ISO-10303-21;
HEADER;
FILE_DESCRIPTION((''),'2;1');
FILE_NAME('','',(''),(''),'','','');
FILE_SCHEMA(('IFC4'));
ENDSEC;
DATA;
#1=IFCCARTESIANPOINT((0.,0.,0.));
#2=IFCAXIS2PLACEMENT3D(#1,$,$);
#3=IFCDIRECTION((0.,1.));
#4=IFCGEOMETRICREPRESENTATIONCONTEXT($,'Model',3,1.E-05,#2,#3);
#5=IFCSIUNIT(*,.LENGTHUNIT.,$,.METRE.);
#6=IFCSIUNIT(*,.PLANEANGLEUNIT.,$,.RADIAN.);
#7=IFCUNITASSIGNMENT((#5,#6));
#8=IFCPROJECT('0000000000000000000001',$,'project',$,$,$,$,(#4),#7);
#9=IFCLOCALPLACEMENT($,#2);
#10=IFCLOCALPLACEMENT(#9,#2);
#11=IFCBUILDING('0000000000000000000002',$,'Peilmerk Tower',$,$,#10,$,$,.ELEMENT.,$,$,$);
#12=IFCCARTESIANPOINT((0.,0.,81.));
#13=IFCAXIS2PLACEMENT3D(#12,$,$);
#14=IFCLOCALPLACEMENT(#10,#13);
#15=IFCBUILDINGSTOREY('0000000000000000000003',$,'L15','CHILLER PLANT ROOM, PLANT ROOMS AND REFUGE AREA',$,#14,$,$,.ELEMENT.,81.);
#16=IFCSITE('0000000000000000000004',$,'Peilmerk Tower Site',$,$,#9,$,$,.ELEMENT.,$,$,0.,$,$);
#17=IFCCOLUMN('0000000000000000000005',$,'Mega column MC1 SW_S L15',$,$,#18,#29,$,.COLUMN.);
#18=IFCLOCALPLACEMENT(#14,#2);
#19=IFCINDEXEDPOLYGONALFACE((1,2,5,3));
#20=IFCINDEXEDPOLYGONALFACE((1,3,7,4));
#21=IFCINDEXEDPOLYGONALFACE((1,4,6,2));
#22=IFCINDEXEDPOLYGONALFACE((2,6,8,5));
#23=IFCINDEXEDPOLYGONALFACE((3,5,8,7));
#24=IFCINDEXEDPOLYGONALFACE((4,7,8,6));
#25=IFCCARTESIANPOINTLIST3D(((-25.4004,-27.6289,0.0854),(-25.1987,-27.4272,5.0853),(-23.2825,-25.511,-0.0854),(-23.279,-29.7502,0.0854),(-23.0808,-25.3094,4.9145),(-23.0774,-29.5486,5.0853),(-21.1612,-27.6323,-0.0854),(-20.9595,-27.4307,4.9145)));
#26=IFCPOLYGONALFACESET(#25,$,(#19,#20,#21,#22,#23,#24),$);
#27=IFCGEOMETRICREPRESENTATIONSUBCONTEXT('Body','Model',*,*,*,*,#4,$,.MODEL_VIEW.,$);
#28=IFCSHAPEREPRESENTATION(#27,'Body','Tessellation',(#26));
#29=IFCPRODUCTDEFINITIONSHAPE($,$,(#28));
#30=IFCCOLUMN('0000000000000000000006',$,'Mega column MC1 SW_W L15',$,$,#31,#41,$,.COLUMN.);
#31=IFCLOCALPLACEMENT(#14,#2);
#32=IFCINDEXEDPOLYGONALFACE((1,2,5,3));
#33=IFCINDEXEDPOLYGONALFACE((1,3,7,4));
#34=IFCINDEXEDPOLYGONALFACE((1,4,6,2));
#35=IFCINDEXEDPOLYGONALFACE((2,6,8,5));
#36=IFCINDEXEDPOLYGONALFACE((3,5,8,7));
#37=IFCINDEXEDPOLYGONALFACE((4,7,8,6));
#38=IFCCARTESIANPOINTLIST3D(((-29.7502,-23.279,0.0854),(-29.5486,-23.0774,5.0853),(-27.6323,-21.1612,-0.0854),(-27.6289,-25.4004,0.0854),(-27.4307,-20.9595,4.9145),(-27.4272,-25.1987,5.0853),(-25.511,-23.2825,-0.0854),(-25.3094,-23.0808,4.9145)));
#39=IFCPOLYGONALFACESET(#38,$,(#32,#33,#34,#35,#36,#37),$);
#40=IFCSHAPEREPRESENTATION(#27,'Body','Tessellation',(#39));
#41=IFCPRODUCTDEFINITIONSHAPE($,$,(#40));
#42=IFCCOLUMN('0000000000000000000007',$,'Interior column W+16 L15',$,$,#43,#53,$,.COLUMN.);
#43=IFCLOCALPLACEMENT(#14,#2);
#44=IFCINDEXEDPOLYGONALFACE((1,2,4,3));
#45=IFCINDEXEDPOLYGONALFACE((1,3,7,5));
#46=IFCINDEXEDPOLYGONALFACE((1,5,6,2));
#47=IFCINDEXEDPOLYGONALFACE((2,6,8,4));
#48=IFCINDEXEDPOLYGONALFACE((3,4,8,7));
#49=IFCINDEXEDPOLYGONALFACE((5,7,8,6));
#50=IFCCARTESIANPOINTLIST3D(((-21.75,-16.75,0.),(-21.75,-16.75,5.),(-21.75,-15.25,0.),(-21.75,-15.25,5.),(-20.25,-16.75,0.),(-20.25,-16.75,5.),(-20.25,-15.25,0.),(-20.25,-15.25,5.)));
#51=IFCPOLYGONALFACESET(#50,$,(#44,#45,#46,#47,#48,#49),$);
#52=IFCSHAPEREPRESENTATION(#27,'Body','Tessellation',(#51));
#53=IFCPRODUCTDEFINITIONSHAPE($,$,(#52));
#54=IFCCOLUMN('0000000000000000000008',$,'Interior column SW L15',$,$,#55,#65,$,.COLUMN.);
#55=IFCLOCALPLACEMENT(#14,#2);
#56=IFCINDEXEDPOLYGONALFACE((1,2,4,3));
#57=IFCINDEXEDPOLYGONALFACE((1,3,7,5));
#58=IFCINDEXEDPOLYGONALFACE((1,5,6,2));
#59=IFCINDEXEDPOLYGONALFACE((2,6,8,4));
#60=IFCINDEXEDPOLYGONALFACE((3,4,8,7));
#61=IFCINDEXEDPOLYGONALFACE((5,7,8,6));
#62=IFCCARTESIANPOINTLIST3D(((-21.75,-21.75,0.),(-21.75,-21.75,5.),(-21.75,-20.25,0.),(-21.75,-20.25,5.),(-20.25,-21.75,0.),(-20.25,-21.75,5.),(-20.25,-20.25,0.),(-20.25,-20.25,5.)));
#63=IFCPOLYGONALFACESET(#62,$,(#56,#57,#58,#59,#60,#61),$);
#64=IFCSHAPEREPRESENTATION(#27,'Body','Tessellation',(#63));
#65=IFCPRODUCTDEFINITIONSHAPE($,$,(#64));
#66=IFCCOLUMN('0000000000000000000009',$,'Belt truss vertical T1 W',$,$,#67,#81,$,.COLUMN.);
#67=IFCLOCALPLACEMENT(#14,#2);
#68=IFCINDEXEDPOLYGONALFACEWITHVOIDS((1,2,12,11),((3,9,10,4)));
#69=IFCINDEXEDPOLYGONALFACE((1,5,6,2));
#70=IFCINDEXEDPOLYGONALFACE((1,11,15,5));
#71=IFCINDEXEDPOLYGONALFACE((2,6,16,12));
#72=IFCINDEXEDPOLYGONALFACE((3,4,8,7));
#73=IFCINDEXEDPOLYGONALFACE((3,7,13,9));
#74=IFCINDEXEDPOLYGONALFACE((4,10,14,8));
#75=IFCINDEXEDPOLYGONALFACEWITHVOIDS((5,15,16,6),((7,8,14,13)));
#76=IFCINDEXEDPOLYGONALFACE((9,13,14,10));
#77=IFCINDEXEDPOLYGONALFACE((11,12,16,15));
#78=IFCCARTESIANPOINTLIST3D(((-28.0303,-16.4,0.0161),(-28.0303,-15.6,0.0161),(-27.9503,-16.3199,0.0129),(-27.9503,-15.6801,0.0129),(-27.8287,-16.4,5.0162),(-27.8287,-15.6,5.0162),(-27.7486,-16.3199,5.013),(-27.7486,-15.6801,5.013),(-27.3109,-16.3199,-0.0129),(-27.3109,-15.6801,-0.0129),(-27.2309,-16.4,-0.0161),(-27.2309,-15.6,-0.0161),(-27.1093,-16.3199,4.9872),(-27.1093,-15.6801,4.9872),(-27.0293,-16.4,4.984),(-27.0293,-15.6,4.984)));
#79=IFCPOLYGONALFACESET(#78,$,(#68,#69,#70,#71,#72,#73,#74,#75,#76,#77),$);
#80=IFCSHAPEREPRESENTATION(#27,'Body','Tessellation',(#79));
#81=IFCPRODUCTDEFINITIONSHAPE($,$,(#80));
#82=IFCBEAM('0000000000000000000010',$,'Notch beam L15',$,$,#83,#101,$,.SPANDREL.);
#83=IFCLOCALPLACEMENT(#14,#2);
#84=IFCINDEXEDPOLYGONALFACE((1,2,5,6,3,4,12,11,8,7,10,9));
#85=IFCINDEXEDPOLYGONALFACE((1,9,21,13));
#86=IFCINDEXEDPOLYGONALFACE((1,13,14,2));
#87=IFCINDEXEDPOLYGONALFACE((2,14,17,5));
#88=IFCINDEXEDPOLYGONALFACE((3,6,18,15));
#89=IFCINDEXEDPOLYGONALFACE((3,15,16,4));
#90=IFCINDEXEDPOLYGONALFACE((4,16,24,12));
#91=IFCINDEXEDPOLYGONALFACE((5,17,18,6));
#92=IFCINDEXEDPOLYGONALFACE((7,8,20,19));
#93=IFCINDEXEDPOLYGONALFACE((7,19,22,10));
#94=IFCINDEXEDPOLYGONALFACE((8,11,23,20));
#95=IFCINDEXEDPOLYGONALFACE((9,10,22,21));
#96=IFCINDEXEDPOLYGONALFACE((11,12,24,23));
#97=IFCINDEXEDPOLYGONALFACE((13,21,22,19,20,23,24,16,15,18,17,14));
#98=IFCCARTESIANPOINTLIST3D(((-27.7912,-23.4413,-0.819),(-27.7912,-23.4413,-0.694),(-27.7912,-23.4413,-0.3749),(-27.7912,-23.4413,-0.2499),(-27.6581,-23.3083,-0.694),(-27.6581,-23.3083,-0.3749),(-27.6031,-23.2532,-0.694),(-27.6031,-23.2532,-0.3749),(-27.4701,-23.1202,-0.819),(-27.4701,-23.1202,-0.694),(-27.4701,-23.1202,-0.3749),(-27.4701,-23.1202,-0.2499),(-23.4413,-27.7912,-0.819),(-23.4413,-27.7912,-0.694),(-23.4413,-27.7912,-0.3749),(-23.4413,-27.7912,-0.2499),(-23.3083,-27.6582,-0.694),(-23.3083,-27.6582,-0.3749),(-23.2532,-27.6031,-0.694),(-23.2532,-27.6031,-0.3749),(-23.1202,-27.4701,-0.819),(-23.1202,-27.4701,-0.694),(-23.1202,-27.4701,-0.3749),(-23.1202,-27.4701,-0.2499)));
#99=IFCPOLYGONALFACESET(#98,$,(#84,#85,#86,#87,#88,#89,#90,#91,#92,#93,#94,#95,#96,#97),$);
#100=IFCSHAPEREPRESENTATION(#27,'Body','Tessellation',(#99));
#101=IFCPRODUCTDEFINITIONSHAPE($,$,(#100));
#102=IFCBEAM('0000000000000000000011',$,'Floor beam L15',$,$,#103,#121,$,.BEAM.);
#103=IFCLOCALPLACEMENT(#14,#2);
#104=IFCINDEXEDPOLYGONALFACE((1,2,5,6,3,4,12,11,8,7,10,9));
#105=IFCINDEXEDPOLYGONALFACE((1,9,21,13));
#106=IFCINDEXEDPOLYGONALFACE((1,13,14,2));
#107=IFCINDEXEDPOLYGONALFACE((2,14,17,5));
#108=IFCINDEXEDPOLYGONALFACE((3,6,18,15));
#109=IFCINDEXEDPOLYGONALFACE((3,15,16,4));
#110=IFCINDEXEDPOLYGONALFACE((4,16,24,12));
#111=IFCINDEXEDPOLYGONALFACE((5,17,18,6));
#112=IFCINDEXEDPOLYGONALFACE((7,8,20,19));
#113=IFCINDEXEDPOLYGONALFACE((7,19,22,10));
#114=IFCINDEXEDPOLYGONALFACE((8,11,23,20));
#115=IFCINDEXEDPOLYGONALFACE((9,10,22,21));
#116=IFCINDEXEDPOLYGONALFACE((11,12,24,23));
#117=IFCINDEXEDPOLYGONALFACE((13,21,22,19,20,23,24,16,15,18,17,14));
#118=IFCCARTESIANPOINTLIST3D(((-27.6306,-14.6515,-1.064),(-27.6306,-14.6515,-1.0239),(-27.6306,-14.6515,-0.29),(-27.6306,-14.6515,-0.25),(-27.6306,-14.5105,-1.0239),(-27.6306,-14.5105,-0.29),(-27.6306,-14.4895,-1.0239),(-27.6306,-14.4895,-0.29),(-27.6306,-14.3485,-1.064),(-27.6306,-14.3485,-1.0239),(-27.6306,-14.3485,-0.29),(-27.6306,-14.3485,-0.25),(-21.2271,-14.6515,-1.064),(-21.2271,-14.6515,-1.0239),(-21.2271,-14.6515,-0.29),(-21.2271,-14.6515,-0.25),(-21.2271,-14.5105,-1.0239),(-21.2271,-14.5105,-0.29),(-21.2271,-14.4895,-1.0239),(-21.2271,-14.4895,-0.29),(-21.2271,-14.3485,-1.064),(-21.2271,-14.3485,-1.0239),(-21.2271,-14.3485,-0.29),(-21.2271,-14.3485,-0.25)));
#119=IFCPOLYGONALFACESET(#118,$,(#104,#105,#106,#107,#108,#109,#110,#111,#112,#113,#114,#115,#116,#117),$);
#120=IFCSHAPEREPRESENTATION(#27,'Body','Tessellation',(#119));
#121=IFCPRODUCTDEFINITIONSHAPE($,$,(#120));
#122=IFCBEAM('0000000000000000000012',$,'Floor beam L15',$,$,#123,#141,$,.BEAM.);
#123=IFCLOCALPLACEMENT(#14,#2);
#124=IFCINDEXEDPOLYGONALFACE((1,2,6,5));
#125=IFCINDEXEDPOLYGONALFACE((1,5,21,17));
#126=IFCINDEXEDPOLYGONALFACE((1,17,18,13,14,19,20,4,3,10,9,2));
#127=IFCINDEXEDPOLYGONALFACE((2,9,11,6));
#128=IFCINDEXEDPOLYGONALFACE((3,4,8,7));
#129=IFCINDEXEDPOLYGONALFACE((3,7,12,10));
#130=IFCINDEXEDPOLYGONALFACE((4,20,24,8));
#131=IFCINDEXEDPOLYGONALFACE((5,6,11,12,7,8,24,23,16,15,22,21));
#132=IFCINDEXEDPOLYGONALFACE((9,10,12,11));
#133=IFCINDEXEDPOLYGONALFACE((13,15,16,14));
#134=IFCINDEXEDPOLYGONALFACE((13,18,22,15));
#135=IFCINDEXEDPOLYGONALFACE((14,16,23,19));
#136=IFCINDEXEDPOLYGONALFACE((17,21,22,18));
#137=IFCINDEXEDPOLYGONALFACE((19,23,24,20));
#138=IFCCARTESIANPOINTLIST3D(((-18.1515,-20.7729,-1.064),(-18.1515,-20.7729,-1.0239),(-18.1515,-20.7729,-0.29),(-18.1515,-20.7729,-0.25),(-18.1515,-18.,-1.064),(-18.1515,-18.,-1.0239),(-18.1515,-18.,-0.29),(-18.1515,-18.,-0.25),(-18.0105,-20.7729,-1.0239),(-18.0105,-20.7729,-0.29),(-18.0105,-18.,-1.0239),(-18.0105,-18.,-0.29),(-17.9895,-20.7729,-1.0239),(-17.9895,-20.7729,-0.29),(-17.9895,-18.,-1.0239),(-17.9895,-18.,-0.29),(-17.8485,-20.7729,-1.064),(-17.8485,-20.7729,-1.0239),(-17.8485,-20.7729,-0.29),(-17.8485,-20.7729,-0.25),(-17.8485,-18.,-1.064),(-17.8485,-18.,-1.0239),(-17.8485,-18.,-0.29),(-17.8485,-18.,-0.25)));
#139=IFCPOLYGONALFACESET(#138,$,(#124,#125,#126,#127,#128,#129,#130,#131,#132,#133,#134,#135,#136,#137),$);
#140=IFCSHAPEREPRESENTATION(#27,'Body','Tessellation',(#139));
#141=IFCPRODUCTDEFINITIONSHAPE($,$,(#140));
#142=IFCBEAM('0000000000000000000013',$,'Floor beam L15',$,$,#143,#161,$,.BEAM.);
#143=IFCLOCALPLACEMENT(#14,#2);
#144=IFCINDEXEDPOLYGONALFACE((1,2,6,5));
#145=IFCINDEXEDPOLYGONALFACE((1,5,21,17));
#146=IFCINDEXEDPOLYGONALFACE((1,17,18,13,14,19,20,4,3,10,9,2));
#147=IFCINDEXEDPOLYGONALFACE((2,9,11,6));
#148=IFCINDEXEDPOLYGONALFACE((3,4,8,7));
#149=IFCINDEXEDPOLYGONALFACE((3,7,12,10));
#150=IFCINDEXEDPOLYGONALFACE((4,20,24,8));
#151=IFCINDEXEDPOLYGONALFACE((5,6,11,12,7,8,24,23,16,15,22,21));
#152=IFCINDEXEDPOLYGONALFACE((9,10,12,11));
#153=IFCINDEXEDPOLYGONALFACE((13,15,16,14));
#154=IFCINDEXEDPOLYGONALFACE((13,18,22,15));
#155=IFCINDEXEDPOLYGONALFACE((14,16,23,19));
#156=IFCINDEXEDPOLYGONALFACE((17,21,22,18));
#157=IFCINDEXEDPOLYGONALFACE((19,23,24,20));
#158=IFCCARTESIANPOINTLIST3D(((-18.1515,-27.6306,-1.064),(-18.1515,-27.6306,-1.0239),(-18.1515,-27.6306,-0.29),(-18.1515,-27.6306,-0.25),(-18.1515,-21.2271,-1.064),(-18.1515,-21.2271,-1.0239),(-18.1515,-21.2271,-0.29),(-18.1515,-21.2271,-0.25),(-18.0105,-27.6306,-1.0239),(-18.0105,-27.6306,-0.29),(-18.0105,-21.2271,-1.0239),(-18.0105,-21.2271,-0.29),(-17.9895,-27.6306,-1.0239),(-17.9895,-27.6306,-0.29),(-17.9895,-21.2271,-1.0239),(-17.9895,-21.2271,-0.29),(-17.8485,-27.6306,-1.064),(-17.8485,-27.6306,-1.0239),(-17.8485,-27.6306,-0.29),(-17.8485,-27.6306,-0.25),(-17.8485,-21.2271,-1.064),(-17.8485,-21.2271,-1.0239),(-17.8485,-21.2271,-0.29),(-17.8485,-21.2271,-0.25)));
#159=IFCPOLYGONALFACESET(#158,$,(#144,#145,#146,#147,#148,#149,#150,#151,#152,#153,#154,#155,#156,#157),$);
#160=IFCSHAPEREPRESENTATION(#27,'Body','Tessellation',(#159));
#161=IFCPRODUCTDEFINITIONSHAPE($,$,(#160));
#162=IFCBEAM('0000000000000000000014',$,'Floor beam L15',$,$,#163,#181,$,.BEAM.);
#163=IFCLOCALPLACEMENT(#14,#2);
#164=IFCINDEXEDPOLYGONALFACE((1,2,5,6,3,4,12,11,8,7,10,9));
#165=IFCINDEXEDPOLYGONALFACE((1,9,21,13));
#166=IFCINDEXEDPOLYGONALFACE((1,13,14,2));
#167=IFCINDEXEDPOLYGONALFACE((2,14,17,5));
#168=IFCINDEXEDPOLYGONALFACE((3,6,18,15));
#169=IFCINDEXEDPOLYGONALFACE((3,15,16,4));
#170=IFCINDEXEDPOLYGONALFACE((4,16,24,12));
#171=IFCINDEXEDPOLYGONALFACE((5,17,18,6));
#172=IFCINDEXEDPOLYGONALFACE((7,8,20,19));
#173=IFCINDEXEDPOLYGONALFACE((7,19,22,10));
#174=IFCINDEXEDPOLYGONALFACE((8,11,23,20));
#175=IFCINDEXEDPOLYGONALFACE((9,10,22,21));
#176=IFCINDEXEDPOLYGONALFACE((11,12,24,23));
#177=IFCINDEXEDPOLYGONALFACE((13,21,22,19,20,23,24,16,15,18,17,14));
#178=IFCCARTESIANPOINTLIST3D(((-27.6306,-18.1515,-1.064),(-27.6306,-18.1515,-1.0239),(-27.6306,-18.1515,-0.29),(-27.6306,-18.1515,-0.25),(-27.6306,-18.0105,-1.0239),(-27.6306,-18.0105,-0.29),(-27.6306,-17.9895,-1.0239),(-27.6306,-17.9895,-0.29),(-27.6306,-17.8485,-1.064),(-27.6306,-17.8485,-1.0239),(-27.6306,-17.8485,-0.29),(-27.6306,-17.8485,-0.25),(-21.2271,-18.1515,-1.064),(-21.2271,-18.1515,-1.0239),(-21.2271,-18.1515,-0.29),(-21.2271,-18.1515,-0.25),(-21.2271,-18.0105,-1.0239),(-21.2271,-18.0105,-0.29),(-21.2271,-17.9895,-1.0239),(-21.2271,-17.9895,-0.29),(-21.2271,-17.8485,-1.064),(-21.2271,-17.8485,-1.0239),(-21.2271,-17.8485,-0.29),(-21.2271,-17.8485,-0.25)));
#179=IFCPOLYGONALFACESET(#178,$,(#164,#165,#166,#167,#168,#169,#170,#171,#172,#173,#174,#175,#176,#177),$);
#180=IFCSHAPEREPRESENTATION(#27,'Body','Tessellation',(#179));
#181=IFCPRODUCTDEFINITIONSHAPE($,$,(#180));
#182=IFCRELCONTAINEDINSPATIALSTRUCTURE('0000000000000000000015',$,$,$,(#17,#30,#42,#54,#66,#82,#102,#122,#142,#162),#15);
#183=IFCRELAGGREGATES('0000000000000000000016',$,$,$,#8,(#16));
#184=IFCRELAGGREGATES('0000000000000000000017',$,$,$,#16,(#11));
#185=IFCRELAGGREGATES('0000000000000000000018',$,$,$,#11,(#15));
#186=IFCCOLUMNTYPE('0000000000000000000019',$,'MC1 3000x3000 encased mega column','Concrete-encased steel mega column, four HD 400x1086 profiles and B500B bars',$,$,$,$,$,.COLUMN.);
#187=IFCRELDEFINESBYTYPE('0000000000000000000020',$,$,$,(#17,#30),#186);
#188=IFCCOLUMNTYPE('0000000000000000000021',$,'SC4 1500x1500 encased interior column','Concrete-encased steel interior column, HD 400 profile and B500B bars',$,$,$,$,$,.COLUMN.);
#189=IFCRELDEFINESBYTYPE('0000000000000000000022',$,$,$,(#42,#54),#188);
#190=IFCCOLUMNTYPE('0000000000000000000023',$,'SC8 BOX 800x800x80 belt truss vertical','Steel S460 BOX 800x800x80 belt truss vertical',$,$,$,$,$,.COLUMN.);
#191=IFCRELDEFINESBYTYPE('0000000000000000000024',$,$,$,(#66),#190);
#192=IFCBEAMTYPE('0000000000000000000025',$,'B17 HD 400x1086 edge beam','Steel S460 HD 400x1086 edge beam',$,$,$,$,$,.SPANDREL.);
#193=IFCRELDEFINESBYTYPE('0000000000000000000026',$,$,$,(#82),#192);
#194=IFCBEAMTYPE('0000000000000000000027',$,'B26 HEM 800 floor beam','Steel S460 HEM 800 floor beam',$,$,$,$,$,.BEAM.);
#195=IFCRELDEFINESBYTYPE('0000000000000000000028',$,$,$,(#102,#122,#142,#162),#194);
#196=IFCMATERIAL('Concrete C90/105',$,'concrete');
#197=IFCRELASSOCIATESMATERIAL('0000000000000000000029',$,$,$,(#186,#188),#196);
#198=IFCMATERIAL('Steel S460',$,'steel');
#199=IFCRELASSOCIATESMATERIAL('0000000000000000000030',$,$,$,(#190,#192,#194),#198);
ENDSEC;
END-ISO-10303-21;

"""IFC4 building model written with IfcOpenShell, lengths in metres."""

from ifc_helpers import new_model, si_unit, direction, frame, origin, origin_2d, place, context, subcontext, project, spatial, rectangle, hollow_rectangle, i_section, extrude, material, material_profile, profile_set, type_object, element, save


model = new_model("IFC4")

# Units and contexts
model_context = context("Model", 3, precision=1e-05, world=origin(), true_north=direction((0.0, 1.0)))
body_context = subcontext(model_context, "Body", "Model", "MODEL_VIEW")
ifc_project = project(units=[si_unit("LENGTHUNIT", "METRE"), si_unit("PLANEANGLEUNIT", "RADIAN")], contexts=[model_context])

# Site, building, storey
site_placement = place(None, origin())
site = spatial("IfcSite", under=ifc_project, at=site_placement, Name="Peilmerk Tower Site", CompositionType="ELEMENT", RefElevation=0.0)
building_placement = place(site_placement, origin())
building = spatial("IfcBuilding", under=site, at=building_placement, Name="Peilmerk Tower", CompositionType="ELEMENT")
storey_placement = place(building_placement, frame((0.0, 0.0, 81.0)))
storey = spatial("IfcBuildingStorey", under=building, at=storey_placement, Name="L15", Description="CHILLER PLANT ROOM, PLANT ROOMS AND REFUGE AREA", CompositionType="ELEMENT", Elevation=81.0)

# Columns
ifc_material_1 = material(Name="Concrete C90/105", Category="concrete")
ifc_material_profile_1 = material_profile(ifc_material_1, rectangle(XDim=3.0, YDim=3.0, at=origin_2d()), Name="RC 3000x3000")
ifc_profile_set_1 = profile_set([ifc_material_profile_1], Name="Concrete C90/105")
column_type_1 = type_object("IfcColumnType", Name="MC1 3000x3000 encased mega column", Description="Concrete-encased steel mega column, four HD 400x1086 profiles and B500B bars", PredefinedType="COLUMN", material=ifc_profile_set_1)
for number, where, z_axis, x_axis, name in (
    (1, (-23.2808, -27.6306, 0.0), (0.040267, 0.040267, 0.998377), (-0.707107, 0.707107, 0.0), "Mega column MC1 SW_S L15"),
    (2, (-27.6306, -23.2808, 0.0), (0.040267, 0.040267, 0.998377), (-0.707107, 0.707107, 0.0), "Mega column MC1 SW_W L15"),
):
    element("IfcColumn", number, at=place(storey_placement, frame(where, z_axis=z_axis, x_axis=x_axis)), inside=storey, type_object=column_type_1, Name=name, PredefinedType="COLUMN", context=body_context, shape_type="SweptSolid", body=[
        extrude(rectangle(XDim=3.0, YDim=3.0, at=origin_2d()), origin(), (0.0, 0.0, 1.0), 5.0081),
    ])
ifc_material_profile_2 = material_profile(ifc_material_1, rectangle(XDim=1.5, YDim=1.5, at=origin_2d()), Name="RC 1500x1500")
ifc_profile_set_2 = profile_set([ifc_material_profile_2], Name="Concrete C90/105")
column_type_2 = type_object("IfcColumnType", Name="SC4 1500x1500 encased interior column", Description="Concrete-encased steel interior column, HD 400 profile and B500B bars", PredefinedType="COLUMN", material=ifc_profile_set_2)
for number, where, z_axis, x_axis, name in (
    (3, (-21.0, -16.0, 0.0), (0.0, 0.0, 1.0), (1.0, 0.0, 0.0), "Interior column W+16 L15"),
    (4, (-21.0, -21.0, 0.0), (0.0, 0.0, 1.0), (1.0, 0.0, 0.0), "Interior column SW L15"),
):
    element("IfcColumn", number, at=place(storey_placement, frame(where, z_axis=z_axis, x_axis=x_axis)), inside=storey, type_object=column_type_2, Name=name, PredefinedType="COLUMN", context=body_context, shape_type="SweptSolid", body=[
        extrude(rectangle(XDim=1.5, YDim=1.5, at=origin_2d()), origin(), (0.0, 0.0, 1.0), 5.0),
    ])
ifc_material_2 = material(Name="Steel S460", Category="steel")
ifc_material_profile_3 = material_profile(ifc_material_2, hollow_rectangle(XDim=0.8, YDim=0.8, WallThickness=0.0801, at=origin_2d()), Name="BOX 800x800x80")
ifc_profile_set_3 = profile_set([ifc_material_profile_3], Name="Steel S460")
column_type_3 = type_object("IfcColumnType", Name="SC8 BOX 800x800x80 belt truss vertical", Description="Steel S460 BOX 800x800x80 belt truss vertical", PredefinedType="COLUMN", material=ifc_profile_set_3)
column_placement = place(storey_placement, frame((-27.6306, -16.0, 0.0), z_axis=(0.040299, 0.0, 0.999188), x_axis=(0.0, 1.0, 0.0)))
element("IfcColumn", 5, at=column_placement, inside=storey, type_object=column_type_3, Name="Belt truss vertical T1 W", PredefinedType="COLUMN", context=body_context, shape_type="SweptSolid", body=[
    extrude(hollow_rectangle(XDim=0.8, YDim=0.8, WallThickness=0.0801, at=origin_2d()), origin(), (0.0, 0.0, 1.0), 5.0042),
])

# Beams
ifc_material_profile_4 = material_profile(ifc_material_2, i_section(OverallWidth=0.4541, OverallDepth=0.5691, WebThickness=0.0779, FlangeThickness=0.125, at=origin_2d()), Name="HD 400x1086")
ifc_profile_set_4 = profile_set([ifc_material_profile_4], Name="Steel S460")
beam_type_1 = type_object("IfcBeamType", Name="B17 HD 400x1086 edge beam", Description="Steel S460 HD 400x1086 edge beam", PredefinedType="SPANDREL", material=ifc_profile_set_4)
beam_1_placement = place(storey_placement, frame((-23.2808, -27.6306, -0.5344), z_axis=(-0.707107, 0.707107, 0.0), x_axis=(-0.707107, -0.707107, 0.0)))
element("IfcBeam", 6, at=beam_1_placement, inside=storey, type_object=beam_type_1, Name="Notch beam L15", PredefinedType="SPANDREL", context=body_context, shape_type="SweptSolid", body=[
    extrude(i_section(OverallWidth=0.4541, OverallDepth=0.5691, WebThickness=0.0779, FlangeThickness=0.125, at=origin_2d()), origin(), (0.0, 0.0, 1.0), 6.1516),
])
ifc_material_profile_5 = material_profile(ifc_material_2, i_section(OverallWidth=0.303, OverallDepth=0.814, WebThickness=0.021, FlangeThickness=0.04, at=origin_2d()), Name="HEM 800")
ifc_profile_set_5 = profile_set([ifc_material_profile_5], Name="Steel S460")
beam_type_2 = type_object("IfcBeamType", Name="B26 HEM 800 floor beam", Description="Steel S460 HEM 800 floor beam", PredefinedType="BEAM", material=ifc_profile_set_5)
beam_2_placement = place(storey_placement, frame((-21.2271, -14.5, -0.657), z_axis=(-1.0, 0.0, 0.0), x_axis=(0.0, -1.0, 0.0)))
element("IfcBeam", 7, at=beam_2_placement, inside=storey, type_object=beam_type_2, Name="Floor beam L15", PredefinedType="BEAM", context=body_context, shape_type="SweptSolid", body=[
    extrude(i_section(OverallWidth=0.303, OverallDepth=0.814, WebThickness=0.021, FlangeThickness=0.04, at=origin_2d()), origin(), (0.0, 0.0, 1.0), 6.4036),
])
beam_3_placement = place(storey_placement, frame((-18.0, -18.0, -0.657), z_axis=(0.0, -1.0, 0.0), x_axis=(1.0, 0.0, 0.0)))
element("IfcBeam", 8, at=beam_3_placement, inside=storey, type_object=beam_type_2, Name="Floor beam L15", PredefinedType="BEAM", context=body_context, shape_type="SweptSolid", body=[
    extrude(i_section(OverallWidth=0.303, OverallDepth=0.814, WebThickness=0.021, FlangeThickness=0.04, at=origin_2d()), origin(), (0.0, 0.0, 1.0), 2.7729),
])
for number, where, z_axis, x_axis, name in (
    (9, (-18.0, -21.2271, -0.657), (0.0, -1.0, 0.0), (1.0, 0.0, 0.0), "Floor beam L15"),
    (10, (-21.2271, -18.0, -0.657), (-1.0, 0.0, 0.0), (0.0, -1.0, 0.0), "Floor beam L15"),
):
    element("IfcBeam", number, at=place(storey_placement, frame(where, z_axis=z_axis, x_axis=x_axis)), inside=storey, type_object=beam_type_2, Name=name, PredefinedType="BEAM", context=body_context, shape_type="SweptSolid", body=[
        extrude(i_section(OverallWidth=0.303, OverallDepth=0.814, WebThickness=0.021, FlangeThickness=0.04, at=origin_2d()), origin(), (0.0, 0.0, 1.0), 6.4036),
    ])

save(model, "model.ifc")
